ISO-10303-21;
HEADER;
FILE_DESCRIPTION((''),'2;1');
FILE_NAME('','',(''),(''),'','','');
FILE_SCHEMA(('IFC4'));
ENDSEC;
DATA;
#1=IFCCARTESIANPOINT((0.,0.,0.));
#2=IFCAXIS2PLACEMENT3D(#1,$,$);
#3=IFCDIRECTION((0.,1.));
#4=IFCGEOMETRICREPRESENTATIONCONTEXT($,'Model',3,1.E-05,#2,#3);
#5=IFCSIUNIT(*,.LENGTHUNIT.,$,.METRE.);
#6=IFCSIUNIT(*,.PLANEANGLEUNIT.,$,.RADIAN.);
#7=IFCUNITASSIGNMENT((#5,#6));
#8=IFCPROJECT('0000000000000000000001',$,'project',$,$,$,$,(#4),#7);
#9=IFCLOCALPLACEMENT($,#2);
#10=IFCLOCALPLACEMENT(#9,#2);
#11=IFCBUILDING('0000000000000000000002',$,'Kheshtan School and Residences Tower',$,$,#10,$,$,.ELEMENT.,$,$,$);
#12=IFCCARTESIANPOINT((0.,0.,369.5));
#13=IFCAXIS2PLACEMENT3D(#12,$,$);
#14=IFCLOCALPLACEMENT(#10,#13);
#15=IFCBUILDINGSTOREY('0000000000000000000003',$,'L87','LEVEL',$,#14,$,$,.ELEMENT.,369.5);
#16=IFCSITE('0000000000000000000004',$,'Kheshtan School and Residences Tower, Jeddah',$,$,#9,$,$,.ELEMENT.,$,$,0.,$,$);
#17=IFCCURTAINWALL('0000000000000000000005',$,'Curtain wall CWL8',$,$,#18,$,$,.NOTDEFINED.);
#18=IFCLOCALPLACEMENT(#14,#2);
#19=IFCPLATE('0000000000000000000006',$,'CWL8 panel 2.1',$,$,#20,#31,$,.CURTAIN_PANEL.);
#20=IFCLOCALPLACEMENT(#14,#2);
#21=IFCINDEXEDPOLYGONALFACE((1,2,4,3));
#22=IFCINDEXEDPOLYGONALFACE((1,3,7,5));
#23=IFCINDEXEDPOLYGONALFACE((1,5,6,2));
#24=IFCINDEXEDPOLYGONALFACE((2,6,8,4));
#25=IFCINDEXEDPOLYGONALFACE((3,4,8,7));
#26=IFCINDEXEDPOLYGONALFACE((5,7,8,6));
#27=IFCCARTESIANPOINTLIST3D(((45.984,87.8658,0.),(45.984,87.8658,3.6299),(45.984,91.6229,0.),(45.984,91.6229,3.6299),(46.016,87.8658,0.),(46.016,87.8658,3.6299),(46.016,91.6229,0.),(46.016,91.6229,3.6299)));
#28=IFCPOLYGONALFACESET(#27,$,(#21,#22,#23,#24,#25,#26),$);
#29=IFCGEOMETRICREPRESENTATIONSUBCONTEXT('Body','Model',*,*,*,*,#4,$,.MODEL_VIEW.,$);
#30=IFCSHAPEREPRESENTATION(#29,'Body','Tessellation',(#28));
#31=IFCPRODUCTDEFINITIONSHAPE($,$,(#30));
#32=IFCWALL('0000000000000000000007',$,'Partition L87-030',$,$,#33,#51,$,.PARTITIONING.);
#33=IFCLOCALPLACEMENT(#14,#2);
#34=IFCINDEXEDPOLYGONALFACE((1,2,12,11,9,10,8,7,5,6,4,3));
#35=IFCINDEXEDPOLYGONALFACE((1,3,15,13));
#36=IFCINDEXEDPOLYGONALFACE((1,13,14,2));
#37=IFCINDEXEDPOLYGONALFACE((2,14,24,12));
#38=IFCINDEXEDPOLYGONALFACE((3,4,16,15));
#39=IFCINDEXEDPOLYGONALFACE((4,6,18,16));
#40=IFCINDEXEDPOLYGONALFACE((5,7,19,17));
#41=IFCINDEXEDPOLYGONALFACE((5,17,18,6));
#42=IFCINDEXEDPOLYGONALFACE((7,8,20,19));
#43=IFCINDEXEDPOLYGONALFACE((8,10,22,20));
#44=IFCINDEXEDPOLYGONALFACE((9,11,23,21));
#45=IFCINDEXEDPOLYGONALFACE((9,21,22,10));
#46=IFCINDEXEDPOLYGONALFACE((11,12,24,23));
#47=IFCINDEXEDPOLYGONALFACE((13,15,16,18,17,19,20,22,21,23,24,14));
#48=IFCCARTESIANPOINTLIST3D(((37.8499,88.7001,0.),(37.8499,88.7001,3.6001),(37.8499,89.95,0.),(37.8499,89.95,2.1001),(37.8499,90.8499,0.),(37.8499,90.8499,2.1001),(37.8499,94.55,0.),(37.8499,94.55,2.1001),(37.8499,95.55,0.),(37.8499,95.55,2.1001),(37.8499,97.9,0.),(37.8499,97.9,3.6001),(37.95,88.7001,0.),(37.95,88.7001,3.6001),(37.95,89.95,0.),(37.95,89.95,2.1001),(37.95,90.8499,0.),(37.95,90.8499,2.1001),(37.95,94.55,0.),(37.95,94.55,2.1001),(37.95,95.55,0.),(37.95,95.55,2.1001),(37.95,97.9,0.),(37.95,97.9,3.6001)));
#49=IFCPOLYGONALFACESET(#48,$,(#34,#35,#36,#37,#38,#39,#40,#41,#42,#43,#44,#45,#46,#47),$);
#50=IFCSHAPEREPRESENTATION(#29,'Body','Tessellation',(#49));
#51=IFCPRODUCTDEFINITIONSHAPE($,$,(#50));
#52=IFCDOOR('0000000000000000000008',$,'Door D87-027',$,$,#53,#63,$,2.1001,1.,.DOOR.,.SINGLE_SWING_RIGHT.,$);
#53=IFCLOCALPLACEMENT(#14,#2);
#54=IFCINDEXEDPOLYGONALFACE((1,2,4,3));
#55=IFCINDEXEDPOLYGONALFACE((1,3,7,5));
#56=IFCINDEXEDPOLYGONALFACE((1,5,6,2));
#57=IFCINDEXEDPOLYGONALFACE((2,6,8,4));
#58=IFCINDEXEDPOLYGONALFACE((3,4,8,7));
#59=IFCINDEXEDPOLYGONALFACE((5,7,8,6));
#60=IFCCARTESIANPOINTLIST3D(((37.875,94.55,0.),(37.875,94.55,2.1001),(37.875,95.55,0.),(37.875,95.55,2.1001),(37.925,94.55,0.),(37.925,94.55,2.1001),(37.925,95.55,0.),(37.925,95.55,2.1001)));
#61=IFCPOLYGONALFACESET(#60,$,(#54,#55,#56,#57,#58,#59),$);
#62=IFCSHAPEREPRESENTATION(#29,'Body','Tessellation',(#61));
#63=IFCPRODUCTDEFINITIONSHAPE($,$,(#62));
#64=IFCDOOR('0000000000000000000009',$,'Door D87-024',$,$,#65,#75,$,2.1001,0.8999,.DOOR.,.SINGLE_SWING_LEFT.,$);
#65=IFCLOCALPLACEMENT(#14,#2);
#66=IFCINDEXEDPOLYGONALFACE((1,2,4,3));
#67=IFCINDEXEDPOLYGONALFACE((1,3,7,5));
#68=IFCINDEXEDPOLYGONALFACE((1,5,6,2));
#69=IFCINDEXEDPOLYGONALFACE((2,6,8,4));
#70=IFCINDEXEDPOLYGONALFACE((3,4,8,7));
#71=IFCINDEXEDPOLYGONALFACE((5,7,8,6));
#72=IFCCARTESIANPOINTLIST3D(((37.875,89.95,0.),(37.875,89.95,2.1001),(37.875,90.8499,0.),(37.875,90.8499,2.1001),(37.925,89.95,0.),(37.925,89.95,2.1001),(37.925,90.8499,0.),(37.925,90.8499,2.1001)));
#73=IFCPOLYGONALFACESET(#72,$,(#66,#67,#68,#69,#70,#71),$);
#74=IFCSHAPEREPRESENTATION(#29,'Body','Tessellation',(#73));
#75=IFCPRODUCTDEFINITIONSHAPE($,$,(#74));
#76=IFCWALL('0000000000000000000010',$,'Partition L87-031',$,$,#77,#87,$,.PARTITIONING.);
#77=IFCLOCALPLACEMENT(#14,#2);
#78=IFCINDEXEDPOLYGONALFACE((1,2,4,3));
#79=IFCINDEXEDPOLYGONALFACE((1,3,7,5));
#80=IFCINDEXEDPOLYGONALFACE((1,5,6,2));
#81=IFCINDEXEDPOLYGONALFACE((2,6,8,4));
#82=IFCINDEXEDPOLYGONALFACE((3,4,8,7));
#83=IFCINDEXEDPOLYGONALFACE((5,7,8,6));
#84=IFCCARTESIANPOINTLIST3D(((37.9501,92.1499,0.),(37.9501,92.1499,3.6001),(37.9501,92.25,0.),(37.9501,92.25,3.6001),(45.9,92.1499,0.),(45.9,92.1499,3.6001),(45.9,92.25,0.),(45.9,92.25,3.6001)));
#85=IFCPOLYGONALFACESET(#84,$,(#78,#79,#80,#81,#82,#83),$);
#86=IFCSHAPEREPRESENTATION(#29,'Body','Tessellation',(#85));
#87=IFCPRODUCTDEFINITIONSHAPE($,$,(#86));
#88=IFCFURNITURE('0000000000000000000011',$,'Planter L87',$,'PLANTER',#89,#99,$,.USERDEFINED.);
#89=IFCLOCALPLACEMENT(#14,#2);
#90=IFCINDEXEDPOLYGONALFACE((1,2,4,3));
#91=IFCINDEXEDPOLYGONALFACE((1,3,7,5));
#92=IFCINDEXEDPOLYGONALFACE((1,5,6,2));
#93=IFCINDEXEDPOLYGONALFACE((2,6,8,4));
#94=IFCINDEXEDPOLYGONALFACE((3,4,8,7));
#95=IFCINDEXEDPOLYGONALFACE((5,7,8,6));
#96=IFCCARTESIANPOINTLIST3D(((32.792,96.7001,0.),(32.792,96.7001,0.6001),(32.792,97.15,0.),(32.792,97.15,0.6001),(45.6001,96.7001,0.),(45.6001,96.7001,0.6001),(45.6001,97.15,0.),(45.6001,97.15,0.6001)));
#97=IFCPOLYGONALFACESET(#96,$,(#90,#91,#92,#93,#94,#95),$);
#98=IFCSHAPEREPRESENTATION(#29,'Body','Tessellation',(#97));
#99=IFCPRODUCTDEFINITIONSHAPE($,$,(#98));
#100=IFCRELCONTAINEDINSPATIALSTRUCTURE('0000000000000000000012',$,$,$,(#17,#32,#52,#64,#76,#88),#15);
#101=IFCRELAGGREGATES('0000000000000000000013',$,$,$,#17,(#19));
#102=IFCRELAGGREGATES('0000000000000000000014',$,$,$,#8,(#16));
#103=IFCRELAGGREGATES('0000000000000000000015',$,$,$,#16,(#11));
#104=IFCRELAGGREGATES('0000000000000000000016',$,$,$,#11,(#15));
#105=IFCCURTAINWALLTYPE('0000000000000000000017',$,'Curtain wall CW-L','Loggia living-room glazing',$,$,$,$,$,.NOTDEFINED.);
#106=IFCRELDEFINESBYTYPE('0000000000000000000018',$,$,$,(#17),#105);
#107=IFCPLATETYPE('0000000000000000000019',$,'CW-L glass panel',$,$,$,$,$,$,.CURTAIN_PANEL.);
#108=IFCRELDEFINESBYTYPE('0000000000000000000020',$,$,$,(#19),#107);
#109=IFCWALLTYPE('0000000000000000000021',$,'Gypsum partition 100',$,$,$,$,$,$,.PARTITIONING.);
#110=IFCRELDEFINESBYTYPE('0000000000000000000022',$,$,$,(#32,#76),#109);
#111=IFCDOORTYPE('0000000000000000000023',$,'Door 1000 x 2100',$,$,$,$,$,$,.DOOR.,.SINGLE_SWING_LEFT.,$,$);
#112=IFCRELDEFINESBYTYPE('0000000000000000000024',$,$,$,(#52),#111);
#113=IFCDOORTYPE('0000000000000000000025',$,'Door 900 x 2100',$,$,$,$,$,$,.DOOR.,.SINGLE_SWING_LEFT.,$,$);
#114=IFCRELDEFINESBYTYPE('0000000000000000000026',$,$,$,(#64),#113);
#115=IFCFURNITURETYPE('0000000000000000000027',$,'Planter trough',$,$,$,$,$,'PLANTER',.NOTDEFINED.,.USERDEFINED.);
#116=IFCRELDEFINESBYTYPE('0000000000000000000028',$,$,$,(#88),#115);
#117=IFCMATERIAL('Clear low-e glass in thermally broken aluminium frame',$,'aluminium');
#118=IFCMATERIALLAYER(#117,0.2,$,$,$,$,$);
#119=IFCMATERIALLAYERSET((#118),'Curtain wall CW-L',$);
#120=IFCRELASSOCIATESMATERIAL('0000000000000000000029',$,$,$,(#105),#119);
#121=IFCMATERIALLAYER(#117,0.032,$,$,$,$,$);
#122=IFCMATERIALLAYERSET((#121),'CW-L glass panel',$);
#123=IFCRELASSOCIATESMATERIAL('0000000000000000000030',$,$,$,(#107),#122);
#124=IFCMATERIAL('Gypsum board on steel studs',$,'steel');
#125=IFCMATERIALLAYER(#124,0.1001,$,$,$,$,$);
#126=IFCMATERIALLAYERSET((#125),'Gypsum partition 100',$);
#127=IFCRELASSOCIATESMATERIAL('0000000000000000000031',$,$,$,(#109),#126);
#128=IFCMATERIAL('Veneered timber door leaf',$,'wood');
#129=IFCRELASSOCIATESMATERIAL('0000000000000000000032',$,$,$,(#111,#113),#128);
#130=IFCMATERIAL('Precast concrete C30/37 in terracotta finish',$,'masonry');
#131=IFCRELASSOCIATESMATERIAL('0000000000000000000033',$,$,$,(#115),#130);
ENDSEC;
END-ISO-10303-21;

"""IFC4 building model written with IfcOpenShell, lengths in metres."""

from ifc_helpers import new_model, si_unit, direction, frame, frame_2d, origin, origin_2d, place, context, subcontext, project, spatial, rectangle, extrude, source, transform, mapped, material, layer, layer_set, type_object, element, fill, aggregate, save


model = new_model("IFC4")

# Units and contexts
model_context = context("Model", 3, precision=1e-05, world=origin(), true_north=direction((0.0, 1.0)))
body_context = subcontext(model_context, "Body", "Model", "MODEL_VIEW")
ifc_project = project(units=[si_unit("LENGTHUNIT", "METRE"), si_unit("PLANEANGLEUNIT", "RADIAN")], contexts=[model_context])

# Site, building, storey
site_placement = place(None, origin())
site = spatial("IfcSite", under=ifc_project, at=site_placement, Name="Kheshtan School and Residences Tower, Jeddah", CompositionType="ELEMENT", RefElevation=0.0)
building_placement = place(site_placement, origin())
building = spatial("IfcBuilding", under=site, at=building_placement, Name="Kheshtan School and Residences Tower", CompositionType="ELEMENT")
storey_placement = place(building_placement, frame((0.0, 0.0, 369.5)))
storey = spatial("IfcBuildingStorey", under=building, at=storey_placement, Name="L87", Description="LEVEL", CompositionType="ELEMENT", Elevation=369.5)

# Curtain wall
ifc_material_1 = material(Name="Clear low-e glass in thermally broken aluminium frame", Category="aluminium")
ifc_layer_1 = layer(ifc_material_1, 0.2)
ifc_layer_set_1 = layer_set([ifc_layer_1], Name="Curtain wall CW-L")
curtain_wall_type = type_object("IfcCurtainWallType", Name="Curtain wall CW-L", Description="Loggia living-room glazing", PredefinedType="NOTDEFINED", material=ifc_layer_set_1)
curtain_wall_1_placement = place(storey_placement, origin())
curtain_wall_1 = element("IfcCurtainWall", 1, at=curtain_wall_1_placement, inside=storey, type_object=curtain_wall_type, Name="Curtain wall CWL8", PredefinedType="NOTDEFINED")

# Plate
ifc_layer_2 = layer(ifc_material_1, 0.032)
ifc_layer_set_2 = layer_set([ifc_layer_2], Name="CW-L glass panel")
plate_type = type_object("IfcPlateType", Name="CW-L glass panel", PredefinedType="CURTAIN_PANEL", material=ifc_layer_set_2)
plate_1_placement = place(storey_placement, frame((46.0, 89.7444, 0.0), z_axis=(0.0, 0.0, 1.0), x_axis=(0.0, -1.0, 0.0)))
plate_1 = element("IfcPlate", 2, at=plate_1_placement, type_object=plate_type, Name="CWL8 panel 2.1", PredefinedType="CURTAIN_PANEL", context=body_context, shape_type="SweptSolid", body=[
    extrude(rectangle(XDim=3.7571, YDim=0.032, at=origin_2d()), origin(), (0.0, 0.0, 1.0), 3.6299),
])
aggregate(curtain_wall_1, [plate_1])

# Wall, openings, doors
ifc_material_2 = material(Name="Gypsum board on steel studs", Category="steel")
ifc_layer_3 = layer(ifc_material_2, 0.1001)
ifc_layer_set_3 = layer_set([ifc_layer_3], Name="Gypsum partition 100")
wall_type_1 = type_object("IfcWallType", Name="Gypsum partition 100", PredefinedType="PARTITIONING", material=ifc_layer_set_3)
wall_1_placement = place(storey_placement, frame((37.8999, 88.7, 0.0), z_axis=(0.0, 0.0, 1.0), x_axis=(0.0, 1.0, 0.0)))
wall_1 = element("IfcWall", 3, at=wall_1_placement, inside=storey, type_object=wall_type_1, Name="Partition L87-030", PredefinedType="PARTITIONING", context=body_context, shape_type="SweptSolid", body=[
    extrude(rectangle(XDim=9.2, YDim=0.1001, at=frame_2d((4.6001, 0.0))), origin(), (0.0, 0.0, 1.0), 3.6001),
])
opening_1_placement = place(wall_1_placement, frame((1.25, 0.0, 0.0)))
opening_1 = element("IfcOpeningElement", 4, at=opening_1_placement, cuts=wall_1, PredefinedType="OPENING", context=body_context, shape_type="SweptSolid", body=[
    extrude(rectangle(XDim=0.8999, YDim=2.1001, at=frame_2d((0.45, 1.05))), frame((0.0, 0.0601, 0.0), z_axis=(0.0, -1.0, 0.0), x_axis=(1.0, 0.0, 0.0)), (0.0, 0.0, 1.0), 0.1201),
])
opening_2_placement = place(wall_1_placement, frame((5.8501, 0.0, 0.0)))
opening_2 = element("IfcOpeningElement", 5, at=opening_2_placement, cuts=wall_1, PredefinedType="OPENING", context=body_context, shape_type="SweptSolid", body=[
    extrude(rectangle(XDim=1.0, YDim=2.1001, at=frame_2d((0.5, 1.05))), frame((0.0, 0.0601, 0.0), z_axis=(0.0, -1.0, 0.0), x_axis=(1.0, 0.0, 0.0)), (0.0, 0.0, 1.0), 0.1201),
])
ifc_material_3 = material(Name="Veneered timber door leaf", Category="wood")
door_type_1 = type_object("IfcDoorType", Name="Door 1000 x 2100", OperationType="SINGLE_SWING_LEFT", PredefinedType="DOOR", material=ifc_material_3)
shared_shape_1 = source(origin(), body_context, "Body", "SweptSolid", [
    extrude(rectangle(XDim=1.0, YDim=2.1001, at=frame_2d((0.5, 1.05))), frame((0.0, 0.0249, 0.0), z_axis=(0.0, -1.0, 0.0), x_axis=(1.0, 0.0, 0.0)), (0.0, 0.0, 1.0), 0.05),
])
door_1_placement = place(opening_2_placement, origin())
door_1 = element("IfcDoor", 6, at=door_1_placement, inside=storey, type_object=door_type_1, Name="Door D87-027", OperationType="SINGLE_SWING_RIGHT", OverallHeight=2.1001, OverallWidth=1.0, PredefinedType="DOOR", context=body_context, shape_type="MappedRepresentation", body=[
    mapped(shared_shape_1, transform((0.0, 0.0, 0.0), x_axis=(1.0, 0.0, 0.0), y_axis=(0.0, 1.0, 0.0), z_axis=(0.0, 0.0, 1.0), scale=1.0)),
])
fill(opening_2, door_1)
door_type_2 = type_object("IfcDoorType", Name="Door 900 x 2100", OperationType="SINGLE_SWING_LEFT", PredefinedType="DOOR", material=ifc_material_3)
shared_shape_2 = source(origin(), body_context, "Body", "SweptSolid", [
    extrude(rectangle(XDim=0.8999, YDim=2.1001, at=frame_2d((0.45, 1.05))), frame((0.0, 0.0249, 0.0), z_axis=(0.0, -1.0, 0.0), x_axis=(1.0, 0.0, 0.0)), (0.0, 0.0, 1.0), 0.05),
])
door_2_placement = place(opening_1_placement, origin())
door_2 = element("IfcDoor", 7, at=door_2_placement, inside=storey, type_object=door_type_2, Name="Door D87-024", OperationType="SINGLE_SWING_LEFT", OverallHeight=2.1001, OverallWidth=0.8999, PredefinedType="DOOR", context=body_context, shape_type="MappedRepresentation", body=[
    mapped(shared_shape_2, transform((0.0, 0.0, 0.0), x_axis=(1.0, 0.0, 0.0), y_axis=(0.0, 1.0, 0.0), z_axis=(0.0, 0.0, 1.0), scale=1.0)),
])
fill(opening_1, door_2)

# Wall
wall_2_placement = place(storey_placement, frame((37.95, 92.2, 0.0), z_axis=(0.0, 0.0, 1.0), x_axis=(1.0, 0.0, 0.0)))
element("IfcWall", 8, at=wall_2_placement, inside=storey, type_object=wall_type_1, Name="Partition L87-031", PredefinedType="PARTITIONING", context=body_context, shape_type="SweptSolid", body=[
    extrude(rectangle(XDim=7.95, YDim=0.1001, at=frame_2d((3.9751, 0.0))), origin(), (0.0, 0.0, 1.0), 3.6001),
])

# Furniture
ifc_material_4 = material(Name="Precast concrete C30/37 in terracotta finish", Category="masonry")
furniture_type = type_object("IfcFurnitureType", Name="Planter trough", ElementType="PLANTER", AssemblyPlace="NOTDEFINED", PredefinedType="USERDEFINED", material=ifc_material_4)
furniture_placement = place(storey_placement, frame((39.196, 96.925, 0.0), z_axis=(0.0, 0.0, 1.0), x_axis=(1.0, 0.0, 0.0)))
element("IfcFurniture", 9, at=furniture_placement, inside=storey, type_object=furniture_type, Name="Planter L87", ObjectType="PLANTER", PredefinedType="USERDEFINED", context=body_context, shape_type="SweptSolid", body=[
    extrude(rectangle(XDim=12.8081, YDim=0.45, at=origin_2d()), origin(), (0.0, 0.0, 1.0), 0.6001),
])

save(model, "model.ifc")
